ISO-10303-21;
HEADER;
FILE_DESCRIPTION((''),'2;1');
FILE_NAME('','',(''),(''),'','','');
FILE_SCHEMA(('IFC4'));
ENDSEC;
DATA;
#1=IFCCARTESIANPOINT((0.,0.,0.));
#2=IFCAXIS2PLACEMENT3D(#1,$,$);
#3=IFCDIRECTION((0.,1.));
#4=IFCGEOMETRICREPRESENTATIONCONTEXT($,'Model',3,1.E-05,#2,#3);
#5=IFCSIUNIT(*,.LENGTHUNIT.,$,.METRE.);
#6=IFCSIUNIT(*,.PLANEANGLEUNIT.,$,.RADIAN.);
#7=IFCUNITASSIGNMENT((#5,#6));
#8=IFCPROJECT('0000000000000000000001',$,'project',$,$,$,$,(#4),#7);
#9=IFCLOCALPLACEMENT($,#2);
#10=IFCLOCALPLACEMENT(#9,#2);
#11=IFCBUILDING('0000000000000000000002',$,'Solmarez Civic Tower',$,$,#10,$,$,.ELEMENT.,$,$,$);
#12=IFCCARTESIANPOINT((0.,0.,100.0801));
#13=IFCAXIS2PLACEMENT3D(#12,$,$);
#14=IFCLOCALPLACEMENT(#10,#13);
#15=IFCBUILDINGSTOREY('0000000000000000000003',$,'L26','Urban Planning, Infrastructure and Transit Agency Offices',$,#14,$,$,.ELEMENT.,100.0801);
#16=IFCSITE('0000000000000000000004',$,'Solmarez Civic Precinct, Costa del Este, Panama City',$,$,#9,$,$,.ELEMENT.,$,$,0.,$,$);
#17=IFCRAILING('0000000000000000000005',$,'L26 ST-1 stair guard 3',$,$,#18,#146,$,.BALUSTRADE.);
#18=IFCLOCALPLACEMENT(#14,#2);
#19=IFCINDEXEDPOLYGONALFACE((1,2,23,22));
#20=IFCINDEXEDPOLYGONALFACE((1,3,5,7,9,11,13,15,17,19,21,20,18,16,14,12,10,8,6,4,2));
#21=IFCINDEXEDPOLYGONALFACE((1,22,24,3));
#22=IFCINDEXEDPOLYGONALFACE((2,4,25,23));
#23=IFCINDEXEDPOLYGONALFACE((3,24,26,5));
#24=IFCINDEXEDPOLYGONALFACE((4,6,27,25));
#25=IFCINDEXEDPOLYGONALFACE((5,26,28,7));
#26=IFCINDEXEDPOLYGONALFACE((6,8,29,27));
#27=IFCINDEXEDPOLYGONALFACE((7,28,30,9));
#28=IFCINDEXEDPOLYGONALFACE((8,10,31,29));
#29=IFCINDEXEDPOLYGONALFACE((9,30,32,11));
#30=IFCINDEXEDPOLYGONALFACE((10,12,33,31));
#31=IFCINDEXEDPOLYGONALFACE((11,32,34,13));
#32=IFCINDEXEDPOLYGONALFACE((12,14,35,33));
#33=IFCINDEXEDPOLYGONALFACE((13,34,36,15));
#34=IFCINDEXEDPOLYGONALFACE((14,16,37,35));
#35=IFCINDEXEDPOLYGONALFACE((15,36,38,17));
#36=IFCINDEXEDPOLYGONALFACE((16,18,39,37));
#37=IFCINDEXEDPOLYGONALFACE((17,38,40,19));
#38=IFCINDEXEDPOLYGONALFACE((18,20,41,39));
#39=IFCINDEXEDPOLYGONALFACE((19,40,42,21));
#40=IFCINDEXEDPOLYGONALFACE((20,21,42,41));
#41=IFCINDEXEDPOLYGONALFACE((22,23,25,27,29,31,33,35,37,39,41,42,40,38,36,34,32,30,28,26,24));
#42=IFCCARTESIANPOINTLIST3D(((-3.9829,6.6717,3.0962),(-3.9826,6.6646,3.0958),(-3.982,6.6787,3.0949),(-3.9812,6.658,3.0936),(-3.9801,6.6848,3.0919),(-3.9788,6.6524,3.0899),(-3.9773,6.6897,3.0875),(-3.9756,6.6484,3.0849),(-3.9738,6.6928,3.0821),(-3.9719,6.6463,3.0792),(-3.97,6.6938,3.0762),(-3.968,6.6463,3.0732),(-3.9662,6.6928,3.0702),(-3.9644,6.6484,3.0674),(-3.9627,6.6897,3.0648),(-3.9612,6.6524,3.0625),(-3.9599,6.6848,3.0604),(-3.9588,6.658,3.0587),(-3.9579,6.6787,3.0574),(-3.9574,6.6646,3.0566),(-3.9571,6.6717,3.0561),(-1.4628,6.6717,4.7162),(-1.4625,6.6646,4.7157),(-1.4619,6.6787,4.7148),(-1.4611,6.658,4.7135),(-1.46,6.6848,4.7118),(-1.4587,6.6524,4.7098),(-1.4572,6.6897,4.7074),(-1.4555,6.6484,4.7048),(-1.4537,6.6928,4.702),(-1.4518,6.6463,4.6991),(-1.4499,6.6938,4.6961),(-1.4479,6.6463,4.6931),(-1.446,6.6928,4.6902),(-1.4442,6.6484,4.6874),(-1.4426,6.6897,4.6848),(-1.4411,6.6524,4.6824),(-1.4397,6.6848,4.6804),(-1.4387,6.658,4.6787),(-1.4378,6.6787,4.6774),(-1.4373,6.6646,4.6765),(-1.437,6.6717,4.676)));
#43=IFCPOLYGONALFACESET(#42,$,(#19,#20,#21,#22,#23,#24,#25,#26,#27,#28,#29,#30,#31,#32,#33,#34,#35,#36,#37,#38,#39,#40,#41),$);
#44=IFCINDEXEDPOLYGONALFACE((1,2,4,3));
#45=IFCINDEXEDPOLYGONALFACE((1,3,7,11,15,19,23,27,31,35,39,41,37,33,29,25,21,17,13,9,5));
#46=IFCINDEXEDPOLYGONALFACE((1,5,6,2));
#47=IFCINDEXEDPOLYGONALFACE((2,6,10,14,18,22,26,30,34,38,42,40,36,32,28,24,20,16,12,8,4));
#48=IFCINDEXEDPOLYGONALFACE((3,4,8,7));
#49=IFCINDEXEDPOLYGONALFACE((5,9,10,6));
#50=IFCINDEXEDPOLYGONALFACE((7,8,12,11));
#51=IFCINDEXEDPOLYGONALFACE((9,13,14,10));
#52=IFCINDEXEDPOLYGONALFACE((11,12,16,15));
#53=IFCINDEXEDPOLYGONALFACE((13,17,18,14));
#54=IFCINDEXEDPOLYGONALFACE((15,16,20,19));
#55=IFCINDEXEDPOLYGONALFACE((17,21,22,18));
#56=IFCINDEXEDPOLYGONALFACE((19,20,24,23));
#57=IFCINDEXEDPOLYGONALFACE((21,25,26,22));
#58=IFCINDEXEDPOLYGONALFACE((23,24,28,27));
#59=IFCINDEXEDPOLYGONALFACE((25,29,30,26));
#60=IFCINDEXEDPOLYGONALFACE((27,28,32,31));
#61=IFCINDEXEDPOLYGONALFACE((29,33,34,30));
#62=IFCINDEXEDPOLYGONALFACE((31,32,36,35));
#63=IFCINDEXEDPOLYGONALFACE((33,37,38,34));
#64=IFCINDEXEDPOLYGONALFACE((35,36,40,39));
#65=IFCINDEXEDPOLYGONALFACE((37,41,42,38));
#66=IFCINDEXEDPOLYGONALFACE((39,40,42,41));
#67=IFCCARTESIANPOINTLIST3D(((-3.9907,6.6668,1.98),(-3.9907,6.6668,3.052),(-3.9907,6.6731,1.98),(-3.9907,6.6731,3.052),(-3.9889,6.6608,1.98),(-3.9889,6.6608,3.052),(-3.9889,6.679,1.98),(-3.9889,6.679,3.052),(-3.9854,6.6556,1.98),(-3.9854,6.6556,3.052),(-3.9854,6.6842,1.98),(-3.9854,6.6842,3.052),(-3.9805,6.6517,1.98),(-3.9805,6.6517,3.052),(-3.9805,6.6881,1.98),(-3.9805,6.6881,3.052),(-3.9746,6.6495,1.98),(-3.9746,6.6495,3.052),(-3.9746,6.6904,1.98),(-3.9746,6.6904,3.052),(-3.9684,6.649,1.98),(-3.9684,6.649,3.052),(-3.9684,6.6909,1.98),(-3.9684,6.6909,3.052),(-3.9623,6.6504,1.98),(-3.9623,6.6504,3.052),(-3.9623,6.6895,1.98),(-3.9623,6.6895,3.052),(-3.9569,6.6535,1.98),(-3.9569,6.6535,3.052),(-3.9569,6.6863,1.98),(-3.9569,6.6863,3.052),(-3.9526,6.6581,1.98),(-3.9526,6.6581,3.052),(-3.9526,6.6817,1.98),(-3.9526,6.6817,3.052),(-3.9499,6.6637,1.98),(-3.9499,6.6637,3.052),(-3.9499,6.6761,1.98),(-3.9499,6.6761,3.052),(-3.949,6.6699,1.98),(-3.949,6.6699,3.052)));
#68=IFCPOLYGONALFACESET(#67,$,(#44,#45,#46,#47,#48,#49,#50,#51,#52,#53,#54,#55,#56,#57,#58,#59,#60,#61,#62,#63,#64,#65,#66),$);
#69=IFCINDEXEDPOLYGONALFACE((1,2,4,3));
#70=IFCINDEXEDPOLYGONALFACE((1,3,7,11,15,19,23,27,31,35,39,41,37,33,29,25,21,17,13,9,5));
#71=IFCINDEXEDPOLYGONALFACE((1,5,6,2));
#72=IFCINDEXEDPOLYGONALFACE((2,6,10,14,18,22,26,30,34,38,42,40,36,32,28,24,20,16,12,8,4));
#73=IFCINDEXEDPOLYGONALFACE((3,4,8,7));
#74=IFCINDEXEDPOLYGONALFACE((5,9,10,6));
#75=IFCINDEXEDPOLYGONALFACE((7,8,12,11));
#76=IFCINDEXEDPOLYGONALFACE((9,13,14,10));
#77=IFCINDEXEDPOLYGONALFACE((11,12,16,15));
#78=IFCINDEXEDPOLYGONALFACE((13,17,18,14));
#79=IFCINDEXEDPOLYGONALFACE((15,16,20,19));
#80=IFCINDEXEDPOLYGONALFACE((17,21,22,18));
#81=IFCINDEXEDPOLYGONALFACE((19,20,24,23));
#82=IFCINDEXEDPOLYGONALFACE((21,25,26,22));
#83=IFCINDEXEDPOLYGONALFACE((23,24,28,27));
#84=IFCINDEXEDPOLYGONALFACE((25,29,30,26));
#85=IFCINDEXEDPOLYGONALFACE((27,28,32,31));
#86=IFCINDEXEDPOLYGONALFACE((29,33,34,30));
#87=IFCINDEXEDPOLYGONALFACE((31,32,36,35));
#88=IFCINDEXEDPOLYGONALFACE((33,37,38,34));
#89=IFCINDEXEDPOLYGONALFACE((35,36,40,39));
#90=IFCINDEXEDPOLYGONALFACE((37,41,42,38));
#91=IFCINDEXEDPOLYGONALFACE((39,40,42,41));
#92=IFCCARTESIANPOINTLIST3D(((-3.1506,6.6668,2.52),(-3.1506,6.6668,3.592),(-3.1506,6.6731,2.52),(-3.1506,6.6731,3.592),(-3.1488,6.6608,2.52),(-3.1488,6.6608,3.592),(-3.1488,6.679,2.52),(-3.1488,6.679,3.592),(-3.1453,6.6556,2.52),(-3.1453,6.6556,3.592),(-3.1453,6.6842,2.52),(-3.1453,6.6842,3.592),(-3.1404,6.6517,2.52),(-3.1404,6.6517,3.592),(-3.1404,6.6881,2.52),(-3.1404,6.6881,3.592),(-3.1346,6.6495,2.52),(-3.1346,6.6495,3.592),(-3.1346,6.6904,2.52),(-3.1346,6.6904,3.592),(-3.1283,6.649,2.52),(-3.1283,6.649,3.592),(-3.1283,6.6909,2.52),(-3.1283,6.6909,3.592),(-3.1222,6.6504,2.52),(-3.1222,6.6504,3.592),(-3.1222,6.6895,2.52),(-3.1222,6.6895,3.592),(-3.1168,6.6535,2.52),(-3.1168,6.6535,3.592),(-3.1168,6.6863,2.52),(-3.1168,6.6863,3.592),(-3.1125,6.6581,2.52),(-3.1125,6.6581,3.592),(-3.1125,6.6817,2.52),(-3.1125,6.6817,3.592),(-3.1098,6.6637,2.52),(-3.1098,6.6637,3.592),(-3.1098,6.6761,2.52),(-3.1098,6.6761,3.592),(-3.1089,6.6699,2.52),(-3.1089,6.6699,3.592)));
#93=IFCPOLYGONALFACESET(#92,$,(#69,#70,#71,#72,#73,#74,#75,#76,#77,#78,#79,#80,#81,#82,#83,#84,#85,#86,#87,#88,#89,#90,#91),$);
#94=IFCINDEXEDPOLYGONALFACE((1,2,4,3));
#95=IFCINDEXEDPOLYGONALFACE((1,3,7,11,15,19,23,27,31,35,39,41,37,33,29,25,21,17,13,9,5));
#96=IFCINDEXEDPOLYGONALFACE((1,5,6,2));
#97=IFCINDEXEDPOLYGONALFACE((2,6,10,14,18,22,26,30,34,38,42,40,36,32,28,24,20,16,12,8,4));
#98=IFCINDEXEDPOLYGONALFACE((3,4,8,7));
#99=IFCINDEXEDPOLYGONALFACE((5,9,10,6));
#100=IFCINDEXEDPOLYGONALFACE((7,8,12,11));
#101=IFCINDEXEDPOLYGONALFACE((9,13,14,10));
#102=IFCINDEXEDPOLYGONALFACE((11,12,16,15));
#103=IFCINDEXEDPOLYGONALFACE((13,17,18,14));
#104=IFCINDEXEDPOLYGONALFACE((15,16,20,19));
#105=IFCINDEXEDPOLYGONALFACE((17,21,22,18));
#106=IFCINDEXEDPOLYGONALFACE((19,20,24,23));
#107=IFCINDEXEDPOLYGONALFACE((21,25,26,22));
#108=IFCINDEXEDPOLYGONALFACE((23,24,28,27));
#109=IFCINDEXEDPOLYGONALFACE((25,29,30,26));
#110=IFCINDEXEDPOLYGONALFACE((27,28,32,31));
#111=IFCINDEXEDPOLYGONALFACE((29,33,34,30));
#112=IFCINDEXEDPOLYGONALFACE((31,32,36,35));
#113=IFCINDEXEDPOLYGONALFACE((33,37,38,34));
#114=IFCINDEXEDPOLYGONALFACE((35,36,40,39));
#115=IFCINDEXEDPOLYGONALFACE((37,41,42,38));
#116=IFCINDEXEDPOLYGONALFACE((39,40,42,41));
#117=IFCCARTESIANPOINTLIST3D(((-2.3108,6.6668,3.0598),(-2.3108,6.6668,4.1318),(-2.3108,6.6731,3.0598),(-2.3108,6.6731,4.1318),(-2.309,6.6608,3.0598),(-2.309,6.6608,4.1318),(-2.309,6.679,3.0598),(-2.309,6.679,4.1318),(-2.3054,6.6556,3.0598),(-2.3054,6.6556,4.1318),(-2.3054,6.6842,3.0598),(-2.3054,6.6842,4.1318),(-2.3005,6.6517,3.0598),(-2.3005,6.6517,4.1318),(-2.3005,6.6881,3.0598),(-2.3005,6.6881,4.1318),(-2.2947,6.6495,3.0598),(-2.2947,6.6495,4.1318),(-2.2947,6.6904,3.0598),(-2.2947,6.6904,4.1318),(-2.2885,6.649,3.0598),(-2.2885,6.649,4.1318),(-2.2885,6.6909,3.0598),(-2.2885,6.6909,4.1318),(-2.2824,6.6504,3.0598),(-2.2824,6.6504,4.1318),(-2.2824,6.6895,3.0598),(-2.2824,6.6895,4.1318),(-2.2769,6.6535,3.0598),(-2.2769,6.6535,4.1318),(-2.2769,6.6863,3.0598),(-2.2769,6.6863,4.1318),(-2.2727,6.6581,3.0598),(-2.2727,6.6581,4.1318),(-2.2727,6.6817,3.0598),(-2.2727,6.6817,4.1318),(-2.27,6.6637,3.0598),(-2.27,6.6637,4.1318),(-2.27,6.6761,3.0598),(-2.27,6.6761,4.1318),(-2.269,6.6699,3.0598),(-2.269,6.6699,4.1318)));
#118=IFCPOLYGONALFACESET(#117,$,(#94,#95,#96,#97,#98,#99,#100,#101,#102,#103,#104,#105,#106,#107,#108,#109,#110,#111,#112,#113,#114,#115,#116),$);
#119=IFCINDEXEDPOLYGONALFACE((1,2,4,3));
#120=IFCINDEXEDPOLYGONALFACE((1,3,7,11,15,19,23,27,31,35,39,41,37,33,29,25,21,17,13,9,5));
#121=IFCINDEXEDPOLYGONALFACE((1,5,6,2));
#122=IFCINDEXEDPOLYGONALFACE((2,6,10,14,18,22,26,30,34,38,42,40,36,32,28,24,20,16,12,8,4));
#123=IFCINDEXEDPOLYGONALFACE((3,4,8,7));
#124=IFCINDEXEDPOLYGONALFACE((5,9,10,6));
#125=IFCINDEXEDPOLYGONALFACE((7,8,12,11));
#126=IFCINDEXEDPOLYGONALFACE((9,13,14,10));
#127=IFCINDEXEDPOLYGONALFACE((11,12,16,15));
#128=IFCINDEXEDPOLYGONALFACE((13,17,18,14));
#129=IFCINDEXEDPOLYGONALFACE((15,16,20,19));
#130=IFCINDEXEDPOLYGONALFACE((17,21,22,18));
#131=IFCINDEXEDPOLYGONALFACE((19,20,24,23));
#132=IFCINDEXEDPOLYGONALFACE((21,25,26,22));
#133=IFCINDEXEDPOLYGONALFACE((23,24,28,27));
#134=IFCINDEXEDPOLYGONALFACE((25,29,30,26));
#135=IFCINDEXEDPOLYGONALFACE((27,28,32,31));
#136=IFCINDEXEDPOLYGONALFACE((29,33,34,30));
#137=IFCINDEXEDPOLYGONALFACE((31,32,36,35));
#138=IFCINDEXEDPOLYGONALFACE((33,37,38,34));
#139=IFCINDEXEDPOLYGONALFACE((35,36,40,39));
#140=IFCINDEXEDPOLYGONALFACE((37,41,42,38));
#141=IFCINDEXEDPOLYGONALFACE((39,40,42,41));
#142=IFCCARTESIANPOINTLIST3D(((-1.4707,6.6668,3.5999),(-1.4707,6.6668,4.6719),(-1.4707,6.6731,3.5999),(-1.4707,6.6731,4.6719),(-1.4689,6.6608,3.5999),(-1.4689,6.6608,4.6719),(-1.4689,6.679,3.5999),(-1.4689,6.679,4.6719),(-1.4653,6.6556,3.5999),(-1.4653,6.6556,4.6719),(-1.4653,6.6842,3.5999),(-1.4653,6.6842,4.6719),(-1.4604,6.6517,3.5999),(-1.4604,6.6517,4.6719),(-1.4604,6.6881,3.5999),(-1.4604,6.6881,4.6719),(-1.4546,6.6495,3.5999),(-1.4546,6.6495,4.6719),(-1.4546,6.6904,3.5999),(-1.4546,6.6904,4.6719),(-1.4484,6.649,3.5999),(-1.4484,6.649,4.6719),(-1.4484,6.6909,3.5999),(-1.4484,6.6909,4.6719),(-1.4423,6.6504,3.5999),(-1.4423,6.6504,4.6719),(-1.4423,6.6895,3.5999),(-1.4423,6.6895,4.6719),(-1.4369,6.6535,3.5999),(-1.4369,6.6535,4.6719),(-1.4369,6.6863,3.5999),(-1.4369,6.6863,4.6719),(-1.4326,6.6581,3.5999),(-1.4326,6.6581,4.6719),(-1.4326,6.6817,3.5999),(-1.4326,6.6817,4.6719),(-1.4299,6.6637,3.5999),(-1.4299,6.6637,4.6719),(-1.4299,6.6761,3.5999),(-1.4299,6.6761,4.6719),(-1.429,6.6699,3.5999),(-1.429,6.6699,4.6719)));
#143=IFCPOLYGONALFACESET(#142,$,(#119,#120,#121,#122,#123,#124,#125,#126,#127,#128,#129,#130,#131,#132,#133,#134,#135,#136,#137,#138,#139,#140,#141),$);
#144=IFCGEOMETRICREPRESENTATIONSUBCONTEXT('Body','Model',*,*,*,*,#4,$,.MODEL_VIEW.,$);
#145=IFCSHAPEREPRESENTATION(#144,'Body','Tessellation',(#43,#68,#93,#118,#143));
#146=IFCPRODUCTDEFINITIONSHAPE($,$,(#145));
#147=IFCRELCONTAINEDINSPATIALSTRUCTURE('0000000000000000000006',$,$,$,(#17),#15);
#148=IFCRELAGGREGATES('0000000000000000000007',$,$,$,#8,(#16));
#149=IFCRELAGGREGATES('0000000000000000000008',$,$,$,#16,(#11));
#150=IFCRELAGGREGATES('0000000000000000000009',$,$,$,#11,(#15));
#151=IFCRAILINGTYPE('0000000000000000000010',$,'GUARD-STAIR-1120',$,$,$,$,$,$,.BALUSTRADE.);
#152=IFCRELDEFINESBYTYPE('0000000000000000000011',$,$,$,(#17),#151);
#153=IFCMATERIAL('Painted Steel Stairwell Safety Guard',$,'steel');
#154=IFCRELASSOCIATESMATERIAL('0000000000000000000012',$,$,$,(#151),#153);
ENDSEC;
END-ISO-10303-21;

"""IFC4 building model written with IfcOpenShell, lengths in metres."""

from ifc_helpers import new_model, si_unit, direction, frame, origin, origin_2d, place, context, subcontext, project, spatial, circle, extrude, material, type_object, element, save


model = new_model("IFC4")

# Units and contexts
model_context = context("Model", 3, precision=1e-05, world=origin(), true_north=direction((0.0, 1.0)))
body_context = subcontext(model_context, "Body", "Model", "MODEL_VIEW")
ifc_project = project(units=[si_unit("LENGTHUNIT", "METRE"), si_unit("PLANEANGLEUNIT", "RADIAN")], contexts=[model_context])

# Site, building, storey
site_placement = place(None, origin())
site = spatial("IfcSite", under=ifc_project, at=site_placement, Name="Solmarez Civic Precinct, Costa del Este, Panama City", CompositionType="ELEMENT", RefElevation=0.0)
building_placement = place(site_placement, origin())
building = spatial("IfcBuilding", under=site, at=building_placement, Name="Solmarez Civic Tower", CompositionType="ELEMENT")
storey_placement = place(building_placement, frame((0.0, 0.0, 100.0801)))
storey = spatial("IfcBuildingStorey", under=building, at=storey_placement, Name="L26", Description="Urban Planning, Infrastructure and Transit Agency Offices", CompositionType="ELEMENT", Elevation=100.0801)

# Railing
ifc_material_1 = material(Name="Painted Steel Stairwell Safety Guard", Category="steel")
railing_type_1 = type_object("IfcRailingType", Name="GUARD-STAIR-1120", PredefinedType="BALUSTRADE", material=ifc_material_1)
railing_1_placement = place(storey_placement, frame((-3.97, 6.6699, 1.98)))
element("IfcRailing", 1, at=railing_1_placement, inside=storey, type_object=railing_type_1, Name="L26 ST-1 stair guard 3", PredefinedType="BALUSTRADE", context=body_context, shape_type="SweptSolid", body=[
    extrude(circle(Radius=0.0239, at=origin_2d()), frame((0.0, 0.0, 1.0962), z_axis=(0.8412, 0.0, 0.540725), x_axis=(0.0, 1.0, 0.0)), (0.0, 0.0, 1.0), 2.9958),
    extrude(circle(Radius=0.021, at=origin_2d()), origin(), (0.0, 0.0, 1.0), 1.072),
    extrude(circle(Radius=0.021, at=origin_2d()), frame((0.8401, 0.0, 0.54)), (0.0, 0.0, 1.0), 1.072),
    extrude(circle(Radius=0.021, at=origin_2d()), frame((1.6799, 0.0, 1.0798)), (0.0, 0.0, 1.0), 1.072),
    extrude(circle(Radius=0.021, at=origin_2d()), frame((2.52, 0.0, 1.6199)), (0.0, 0.0, 1.0), 1.072),
])

save(model, "model.ifc")
